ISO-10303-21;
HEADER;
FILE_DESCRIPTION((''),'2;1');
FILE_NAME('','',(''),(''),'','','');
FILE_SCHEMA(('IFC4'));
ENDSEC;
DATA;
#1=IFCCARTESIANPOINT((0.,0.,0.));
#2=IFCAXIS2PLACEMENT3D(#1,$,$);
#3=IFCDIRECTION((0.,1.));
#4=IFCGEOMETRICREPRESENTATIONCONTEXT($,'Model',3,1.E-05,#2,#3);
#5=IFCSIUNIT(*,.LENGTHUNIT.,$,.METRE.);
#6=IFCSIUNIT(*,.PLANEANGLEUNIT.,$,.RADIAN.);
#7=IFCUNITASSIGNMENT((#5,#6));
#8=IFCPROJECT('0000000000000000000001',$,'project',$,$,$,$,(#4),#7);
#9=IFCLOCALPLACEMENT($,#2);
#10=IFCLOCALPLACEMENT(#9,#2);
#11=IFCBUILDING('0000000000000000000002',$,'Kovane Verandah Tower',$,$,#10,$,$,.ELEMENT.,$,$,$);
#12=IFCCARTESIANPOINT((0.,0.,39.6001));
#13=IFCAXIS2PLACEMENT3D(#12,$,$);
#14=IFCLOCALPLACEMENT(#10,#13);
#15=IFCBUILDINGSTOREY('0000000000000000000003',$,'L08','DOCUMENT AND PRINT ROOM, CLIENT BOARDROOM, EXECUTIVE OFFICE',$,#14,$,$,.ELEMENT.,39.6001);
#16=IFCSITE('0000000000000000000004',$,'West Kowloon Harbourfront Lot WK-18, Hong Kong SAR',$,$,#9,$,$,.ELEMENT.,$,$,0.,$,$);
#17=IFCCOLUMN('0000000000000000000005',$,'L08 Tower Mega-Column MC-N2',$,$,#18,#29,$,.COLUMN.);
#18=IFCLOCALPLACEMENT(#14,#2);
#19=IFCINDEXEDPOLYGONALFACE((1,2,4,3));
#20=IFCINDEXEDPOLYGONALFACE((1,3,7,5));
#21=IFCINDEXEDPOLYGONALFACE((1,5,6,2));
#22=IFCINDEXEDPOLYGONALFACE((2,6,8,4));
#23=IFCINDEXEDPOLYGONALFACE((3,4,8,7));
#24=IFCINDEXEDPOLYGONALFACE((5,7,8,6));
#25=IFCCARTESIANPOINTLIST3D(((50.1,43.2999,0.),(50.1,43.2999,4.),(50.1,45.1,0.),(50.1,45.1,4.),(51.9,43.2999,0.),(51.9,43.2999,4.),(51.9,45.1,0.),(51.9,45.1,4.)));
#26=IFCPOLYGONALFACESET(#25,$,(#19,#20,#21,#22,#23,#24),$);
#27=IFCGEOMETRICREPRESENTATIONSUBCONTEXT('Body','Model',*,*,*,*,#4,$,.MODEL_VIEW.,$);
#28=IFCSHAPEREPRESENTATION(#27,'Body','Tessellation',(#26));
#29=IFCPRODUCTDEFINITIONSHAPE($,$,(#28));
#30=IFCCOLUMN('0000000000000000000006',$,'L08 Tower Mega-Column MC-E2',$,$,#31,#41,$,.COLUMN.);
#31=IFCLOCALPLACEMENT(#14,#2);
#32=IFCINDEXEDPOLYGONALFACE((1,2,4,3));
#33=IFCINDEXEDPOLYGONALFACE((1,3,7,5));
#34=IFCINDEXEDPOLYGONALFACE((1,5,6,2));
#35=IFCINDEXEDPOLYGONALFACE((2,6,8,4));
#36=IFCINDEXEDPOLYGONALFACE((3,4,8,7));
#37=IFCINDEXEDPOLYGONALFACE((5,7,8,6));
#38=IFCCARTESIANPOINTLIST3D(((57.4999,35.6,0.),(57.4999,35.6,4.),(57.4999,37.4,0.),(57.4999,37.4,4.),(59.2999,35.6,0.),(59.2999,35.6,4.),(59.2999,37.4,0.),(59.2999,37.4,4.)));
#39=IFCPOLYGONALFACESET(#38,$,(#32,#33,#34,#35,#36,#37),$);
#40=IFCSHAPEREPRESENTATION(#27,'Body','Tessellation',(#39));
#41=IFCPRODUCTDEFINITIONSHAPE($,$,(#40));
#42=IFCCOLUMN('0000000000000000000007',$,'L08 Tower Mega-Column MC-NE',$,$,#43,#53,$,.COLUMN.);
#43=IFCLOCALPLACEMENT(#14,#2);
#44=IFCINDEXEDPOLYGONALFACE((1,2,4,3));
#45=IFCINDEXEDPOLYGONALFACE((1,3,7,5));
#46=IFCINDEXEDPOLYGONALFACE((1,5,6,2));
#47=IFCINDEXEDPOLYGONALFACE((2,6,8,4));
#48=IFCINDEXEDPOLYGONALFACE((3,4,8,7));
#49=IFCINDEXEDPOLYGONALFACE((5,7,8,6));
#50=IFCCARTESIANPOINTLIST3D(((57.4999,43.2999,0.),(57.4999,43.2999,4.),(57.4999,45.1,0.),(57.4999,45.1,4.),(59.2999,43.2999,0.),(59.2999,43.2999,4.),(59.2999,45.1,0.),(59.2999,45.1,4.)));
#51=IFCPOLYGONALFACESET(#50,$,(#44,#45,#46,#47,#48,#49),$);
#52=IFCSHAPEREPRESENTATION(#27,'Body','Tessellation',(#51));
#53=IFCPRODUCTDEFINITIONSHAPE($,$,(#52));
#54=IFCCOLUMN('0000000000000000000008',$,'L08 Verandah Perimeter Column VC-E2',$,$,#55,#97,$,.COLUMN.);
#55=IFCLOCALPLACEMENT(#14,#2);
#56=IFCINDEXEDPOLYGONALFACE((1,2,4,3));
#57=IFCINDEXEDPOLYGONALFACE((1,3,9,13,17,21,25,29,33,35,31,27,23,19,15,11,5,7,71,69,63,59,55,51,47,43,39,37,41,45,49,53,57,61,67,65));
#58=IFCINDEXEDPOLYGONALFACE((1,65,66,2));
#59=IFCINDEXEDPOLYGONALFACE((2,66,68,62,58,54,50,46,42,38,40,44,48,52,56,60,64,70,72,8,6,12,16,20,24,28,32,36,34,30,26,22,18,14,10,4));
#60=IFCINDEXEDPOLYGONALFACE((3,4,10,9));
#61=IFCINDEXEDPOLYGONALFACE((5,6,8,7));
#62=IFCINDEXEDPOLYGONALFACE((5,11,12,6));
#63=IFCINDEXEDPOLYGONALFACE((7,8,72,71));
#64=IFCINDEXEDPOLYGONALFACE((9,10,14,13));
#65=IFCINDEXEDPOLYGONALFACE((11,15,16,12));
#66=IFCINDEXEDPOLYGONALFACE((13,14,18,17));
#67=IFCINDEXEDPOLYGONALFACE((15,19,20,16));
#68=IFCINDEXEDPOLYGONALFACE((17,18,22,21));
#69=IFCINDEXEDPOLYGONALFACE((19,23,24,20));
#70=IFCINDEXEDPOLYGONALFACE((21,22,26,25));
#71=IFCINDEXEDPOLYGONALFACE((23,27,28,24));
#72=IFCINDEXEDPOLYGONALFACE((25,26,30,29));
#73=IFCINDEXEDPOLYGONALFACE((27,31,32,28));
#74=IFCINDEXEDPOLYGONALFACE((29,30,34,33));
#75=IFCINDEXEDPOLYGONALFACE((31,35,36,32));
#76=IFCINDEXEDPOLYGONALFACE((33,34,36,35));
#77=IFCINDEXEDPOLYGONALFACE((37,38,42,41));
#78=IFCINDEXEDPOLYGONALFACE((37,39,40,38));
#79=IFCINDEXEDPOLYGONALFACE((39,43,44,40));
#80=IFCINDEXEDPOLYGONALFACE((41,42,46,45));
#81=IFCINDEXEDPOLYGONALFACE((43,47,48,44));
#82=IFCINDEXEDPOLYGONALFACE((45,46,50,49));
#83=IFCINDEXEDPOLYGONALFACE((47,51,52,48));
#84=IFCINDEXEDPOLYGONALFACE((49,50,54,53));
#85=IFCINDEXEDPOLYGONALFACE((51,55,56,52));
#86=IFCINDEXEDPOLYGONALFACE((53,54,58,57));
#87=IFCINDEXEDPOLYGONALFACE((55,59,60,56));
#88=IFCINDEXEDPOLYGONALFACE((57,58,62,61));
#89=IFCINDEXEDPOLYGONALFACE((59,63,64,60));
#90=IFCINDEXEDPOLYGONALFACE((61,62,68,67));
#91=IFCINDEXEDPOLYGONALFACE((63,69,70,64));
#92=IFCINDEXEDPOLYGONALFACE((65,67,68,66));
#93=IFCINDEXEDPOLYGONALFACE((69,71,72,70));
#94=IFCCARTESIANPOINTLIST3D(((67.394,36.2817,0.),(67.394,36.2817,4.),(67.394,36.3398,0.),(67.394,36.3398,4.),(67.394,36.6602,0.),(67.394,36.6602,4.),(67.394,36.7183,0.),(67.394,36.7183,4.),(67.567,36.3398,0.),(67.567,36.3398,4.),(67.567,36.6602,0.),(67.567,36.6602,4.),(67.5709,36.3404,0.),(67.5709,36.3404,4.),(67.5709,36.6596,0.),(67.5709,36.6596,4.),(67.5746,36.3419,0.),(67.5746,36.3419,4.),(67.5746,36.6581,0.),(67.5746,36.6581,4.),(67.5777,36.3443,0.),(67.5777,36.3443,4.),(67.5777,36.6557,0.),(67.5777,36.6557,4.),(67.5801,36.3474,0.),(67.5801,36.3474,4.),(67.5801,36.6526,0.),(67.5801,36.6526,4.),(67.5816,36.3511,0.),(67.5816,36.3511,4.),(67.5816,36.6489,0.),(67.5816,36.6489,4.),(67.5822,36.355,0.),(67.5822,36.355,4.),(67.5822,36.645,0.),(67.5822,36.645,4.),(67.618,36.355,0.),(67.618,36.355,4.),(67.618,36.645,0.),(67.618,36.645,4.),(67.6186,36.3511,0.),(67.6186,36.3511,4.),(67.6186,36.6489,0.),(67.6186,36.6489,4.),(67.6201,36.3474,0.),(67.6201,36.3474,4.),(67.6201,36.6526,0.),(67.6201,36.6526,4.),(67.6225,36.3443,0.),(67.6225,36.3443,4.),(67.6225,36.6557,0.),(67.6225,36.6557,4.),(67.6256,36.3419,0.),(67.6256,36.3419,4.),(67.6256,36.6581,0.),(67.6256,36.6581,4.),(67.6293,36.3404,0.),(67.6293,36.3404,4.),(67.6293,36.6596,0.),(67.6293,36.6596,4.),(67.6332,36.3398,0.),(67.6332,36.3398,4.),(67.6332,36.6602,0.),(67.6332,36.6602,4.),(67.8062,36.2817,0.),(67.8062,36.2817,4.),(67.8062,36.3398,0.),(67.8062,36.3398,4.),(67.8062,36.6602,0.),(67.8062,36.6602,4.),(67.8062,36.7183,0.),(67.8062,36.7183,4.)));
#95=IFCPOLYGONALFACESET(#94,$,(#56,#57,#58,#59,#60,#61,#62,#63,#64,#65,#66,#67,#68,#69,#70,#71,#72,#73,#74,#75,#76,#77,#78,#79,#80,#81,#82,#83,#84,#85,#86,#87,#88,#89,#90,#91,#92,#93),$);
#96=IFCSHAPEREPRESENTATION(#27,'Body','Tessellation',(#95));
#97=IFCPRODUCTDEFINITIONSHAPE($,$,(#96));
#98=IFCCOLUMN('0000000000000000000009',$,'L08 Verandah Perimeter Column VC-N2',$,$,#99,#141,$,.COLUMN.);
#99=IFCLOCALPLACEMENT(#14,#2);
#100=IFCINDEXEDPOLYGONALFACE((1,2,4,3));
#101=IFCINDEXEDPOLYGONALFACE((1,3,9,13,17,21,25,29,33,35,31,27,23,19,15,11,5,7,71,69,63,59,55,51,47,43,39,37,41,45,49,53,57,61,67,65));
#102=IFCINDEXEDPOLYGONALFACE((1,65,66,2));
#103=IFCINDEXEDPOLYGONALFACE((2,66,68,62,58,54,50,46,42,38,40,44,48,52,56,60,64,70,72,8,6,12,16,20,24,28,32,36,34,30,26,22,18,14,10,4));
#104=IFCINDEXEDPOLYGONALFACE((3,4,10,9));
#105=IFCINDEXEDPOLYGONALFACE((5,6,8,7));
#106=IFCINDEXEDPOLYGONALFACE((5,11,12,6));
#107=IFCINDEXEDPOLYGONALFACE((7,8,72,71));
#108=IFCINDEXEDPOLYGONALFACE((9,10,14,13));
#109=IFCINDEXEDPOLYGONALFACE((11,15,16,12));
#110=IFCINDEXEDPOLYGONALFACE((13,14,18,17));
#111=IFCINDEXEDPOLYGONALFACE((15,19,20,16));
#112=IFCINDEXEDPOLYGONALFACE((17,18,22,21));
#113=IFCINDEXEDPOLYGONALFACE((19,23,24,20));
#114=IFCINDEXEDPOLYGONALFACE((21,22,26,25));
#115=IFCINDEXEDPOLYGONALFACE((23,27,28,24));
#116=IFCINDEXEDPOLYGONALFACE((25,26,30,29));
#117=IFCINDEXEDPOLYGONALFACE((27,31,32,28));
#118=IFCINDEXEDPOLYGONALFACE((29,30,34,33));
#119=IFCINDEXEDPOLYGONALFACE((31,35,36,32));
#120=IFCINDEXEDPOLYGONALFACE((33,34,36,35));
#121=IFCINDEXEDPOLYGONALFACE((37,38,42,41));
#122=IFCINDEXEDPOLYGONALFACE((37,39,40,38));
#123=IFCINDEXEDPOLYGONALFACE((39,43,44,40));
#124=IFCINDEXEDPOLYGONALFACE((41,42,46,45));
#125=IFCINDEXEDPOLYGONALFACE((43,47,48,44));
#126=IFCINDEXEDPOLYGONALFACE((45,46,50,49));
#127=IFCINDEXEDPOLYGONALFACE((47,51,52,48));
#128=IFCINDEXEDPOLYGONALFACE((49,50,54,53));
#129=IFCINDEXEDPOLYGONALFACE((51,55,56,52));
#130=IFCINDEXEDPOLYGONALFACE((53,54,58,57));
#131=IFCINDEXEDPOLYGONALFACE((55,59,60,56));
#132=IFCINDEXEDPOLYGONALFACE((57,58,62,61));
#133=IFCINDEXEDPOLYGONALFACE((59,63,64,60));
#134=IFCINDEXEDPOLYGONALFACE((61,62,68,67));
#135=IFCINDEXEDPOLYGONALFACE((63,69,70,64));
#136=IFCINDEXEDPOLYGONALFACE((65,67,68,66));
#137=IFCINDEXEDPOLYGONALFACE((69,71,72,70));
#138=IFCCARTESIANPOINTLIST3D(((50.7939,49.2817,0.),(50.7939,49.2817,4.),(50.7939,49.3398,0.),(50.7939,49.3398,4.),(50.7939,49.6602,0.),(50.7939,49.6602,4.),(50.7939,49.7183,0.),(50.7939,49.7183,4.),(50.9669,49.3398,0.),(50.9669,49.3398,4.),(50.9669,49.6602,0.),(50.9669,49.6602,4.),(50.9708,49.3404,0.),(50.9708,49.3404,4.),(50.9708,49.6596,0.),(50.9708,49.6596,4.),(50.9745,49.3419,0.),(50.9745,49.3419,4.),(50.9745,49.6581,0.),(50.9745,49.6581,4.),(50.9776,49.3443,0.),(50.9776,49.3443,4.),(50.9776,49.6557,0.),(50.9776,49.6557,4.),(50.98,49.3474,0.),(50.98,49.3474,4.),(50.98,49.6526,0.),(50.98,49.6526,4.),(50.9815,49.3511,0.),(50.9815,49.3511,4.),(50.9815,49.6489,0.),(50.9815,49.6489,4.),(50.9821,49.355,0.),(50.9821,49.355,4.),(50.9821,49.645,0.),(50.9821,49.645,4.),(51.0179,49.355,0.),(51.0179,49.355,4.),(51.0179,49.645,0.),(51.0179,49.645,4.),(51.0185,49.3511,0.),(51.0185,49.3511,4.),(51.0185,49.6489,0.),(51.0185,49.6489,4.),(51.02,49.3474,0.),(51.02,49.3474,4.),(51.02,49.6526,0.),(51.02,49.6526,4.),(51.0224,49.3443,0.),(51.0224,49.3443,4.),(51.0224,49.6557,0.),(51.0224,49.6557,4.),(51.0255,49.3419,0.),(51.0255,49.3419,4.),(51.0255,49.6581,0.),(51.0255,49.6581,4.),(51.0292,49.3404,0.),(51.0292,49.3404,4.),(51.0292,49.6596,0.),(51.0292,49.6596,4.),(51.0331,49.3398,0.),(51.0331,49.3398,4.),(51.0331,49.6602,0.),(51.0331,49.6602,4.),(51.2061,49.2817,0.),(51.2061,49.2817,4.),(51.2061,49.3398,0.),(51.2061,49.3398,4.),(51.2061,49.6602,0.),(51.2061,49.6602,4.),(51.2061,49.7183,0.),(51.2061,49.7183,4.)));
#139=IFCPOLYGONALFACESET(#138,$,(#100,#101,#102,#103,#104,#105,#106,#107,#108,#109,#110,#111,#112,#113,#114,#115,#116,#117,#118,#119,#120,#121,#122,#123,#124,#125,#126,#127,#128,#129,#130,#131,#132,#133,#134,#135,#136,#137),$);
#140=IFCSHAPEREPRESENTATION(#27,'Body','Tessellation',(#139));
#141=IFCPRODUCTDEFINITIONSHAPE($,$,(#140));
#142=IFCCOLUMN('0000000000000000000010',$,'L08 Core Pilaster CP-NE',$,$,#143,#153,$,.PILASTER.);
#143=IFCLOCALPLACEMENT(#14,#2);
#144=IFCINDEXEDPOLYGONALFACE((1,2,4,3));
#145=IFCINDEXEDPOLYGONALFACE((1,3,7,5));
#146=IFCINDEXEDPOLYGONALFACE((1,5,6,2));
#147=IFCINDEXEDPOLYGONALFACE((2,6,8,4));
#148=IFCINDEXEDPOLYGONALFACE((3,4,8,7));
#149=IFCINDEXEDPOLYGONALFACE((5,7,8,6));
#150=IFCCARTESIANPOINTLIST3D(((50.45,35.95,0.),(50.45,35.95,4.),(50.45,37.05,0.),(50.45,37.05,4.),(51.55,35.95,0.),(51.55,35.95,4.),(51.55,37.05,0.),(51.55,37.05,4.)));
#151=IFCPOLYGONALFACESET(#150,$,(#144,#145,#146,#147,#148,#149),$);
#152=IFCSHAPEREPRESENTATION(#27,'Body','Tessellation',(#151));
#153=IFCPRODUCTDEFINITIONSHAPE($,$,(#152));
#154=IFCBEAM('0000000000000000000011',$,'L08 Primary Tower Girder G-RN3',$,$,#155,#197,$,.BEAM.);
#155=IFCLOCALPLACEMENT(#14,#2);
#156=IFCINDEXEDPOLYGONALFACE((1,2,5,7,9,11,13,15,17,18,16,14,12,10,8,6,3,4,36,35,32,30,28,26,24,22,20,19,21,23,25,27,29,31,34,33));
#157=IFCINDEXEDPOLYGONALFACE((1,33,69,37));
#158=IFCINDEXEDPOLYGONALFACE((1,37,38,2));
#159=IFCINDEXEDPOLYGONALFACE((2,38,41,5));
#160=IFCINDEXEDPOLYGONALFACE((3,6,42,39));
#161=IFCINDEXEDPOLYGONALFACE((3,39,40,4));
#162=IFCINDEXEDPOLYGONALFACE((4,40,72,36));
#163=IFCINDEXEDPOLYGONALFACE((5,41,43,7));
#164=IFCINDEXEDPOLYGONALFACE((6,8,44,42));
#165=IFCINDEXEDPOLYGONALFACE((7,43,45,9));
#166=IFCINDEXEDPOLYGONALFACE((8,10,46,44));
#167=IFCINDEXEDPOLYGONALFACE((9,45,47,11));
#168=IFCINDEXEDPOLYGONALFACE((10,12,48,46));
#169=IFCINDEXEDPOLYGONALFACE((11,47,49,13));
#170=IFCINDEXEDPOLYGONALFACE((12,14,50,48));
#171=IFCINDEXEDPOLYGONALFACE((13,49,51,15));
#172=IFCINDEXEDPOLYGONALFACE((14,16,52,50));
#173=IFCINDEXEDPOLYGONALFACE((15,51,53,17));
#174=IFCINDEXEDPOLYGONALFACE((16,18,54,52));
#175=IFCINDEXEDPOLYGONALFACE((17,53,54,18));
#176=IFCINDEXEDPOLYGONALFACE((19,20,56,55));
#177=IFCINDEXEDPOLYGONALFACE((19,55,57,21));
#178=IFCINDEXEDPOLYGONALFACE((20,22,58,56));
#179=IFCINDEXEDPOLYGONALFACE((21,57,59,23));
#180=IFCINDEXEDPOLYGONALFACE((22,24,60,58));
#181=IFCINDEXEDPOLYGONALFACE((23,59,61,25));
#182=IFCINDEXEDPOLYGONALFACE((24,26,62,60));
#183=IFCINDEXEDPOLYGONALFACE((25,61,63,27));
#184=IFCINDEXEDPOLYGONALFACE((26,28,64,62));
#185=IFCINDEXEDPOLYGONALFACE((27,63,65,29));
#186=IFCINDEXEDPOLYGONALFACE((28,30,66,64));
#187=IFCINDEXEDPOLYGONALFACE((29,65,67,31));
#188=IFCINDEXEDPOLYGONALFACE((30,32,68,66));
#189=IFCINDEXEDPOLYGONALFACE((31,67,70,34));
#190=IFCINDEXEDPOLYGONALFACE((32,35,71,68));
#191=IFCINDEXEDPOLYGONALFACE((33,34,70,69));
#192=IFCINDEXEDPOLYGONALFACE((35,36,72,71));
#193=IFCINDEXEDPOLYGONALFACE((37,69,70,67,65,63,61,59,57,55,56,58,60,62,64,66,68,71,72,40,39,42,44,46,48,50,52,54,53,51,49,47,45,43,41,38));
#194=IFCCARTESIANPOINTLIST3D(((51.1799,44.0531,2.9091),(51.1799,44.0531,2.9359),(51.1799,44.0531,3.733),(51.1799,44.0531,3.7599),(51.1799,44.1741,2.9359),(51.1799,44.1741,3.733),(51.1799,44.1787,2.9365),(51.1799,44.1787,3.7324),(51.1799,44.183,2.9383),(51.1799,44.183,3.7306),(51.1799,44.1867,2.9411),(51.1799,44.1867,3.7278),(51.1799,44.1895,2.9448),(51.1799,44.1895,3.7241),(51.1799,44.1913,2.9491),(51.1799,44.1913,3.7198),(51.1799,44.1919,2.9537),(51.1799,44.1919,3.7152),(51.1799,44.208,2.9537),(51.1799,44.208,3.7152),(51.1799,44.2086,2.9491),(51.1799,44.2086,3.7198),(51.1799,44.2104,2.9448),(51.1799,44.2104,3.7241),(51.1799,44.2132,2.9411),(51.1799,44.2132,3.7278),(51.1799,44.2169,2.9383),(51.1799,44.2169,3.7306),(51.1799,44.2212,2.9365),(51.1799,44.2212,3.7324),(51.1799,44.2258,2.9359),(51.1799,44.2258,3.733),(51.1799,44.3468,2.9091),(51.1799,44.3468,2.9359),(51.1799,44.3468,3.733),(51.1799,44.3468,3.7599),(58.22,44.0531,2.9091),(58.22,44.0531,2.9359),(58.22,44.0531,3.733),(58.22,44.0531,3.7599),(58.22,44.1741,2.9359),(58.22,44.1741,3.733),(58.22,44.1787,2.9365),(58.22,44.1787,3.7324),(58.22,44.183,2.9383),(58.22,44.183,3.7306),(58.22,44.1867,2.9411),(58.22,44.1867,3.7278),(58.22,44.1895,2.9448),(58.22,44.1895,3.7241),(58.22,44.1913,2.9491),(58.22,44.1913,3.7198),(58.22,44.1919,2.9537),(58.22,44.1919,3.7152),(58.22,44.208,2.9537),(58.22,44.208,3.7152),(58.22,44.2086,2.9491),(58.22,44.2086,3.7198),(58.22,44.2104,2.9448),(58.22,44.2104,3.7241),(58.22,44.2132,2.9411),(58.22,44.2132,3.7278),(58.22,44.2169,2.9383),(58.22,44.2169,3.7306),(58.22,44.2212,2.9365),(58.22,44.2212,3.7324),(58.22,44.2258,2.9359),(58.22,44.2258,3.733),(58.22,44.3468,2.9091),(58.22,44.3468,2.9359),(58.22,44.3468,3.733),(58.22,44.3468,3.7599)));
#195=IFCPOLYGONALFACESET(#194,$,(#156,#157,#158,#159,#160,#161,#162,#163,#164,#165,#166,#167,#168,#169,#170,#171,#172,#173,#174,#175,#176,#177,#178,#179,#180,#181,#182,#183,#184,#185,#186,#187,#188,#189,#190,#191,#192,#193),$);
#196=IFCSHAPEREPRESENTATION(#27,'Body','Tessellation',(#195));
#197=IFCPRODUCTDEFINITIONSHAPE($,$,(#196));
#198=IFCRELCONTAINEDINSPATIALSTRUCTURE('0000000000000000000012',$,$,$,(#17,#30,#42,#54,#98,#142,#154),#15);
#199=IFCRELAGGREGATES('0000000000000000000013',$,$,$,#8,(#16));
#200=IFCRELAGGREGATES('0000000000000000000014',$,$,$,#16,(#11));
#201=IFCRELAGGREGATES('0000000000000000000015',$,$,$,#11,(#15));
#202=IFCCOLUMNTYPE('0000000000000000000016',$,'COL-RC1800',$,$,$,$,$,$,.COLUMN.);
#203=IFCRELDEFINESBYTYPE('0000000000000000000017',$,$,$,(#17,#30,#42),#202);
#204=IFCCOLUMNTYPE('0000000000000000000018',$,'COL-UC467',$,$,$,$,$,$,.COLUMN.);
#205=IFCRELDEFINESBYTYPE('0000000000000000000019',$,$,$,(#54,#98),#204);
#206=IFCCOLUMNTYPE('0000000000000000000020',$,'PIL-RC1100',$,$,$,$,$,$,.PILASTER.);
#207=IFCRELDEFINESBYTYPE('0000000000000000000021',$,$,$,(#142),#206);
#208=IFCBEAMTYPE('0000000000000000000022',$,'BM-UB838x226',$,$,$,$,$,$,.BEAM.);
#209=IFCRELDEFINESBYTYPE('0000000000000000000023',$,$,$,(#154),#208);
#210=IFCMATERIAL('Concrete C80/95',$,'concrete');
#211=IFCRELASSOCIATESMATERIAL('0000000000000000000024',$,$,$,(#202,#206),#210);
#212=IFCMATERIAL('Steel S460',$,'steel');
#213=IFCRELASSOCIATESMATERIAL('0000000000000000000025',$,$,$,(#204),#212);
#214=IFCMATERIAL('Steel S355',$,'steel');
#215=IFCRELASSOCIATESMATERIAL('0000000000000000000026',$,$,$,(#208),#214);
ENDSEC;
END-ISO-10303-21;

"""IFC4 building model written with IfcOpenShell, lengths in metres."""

from ifc_helpers import new_model, si_unit, direction, frame, origin, origin_2d, place, context, subcontext, project, spatial, rectangle, i_section, extrude, material, material_profile, profile_set, type_object, element, save


model = new_model("IFC4")

# Units and contexts
model_context = context("Model", 3, precision=1e-05, world=origin(), true_north=direction((0.0, 1.0)))
body_context = subcontext(model_context, "Body", "Model", "MODEL_VIEW")
ifc_project = project(units=[si_unit("LENGTHUNIT", "METRE"), si_unit("PLANEANGLEUNIT", "RADIAN")], contexts=[model_context])

# Site, building, storey
site_placement = place(None, origin())
site = spatial("IfcSite", under=ifc_project, at=site_placement, Name="West Kowloon Harbourfront Lot WK-18, Hong Kong SAR", CompositionType="ELEMENT", RefElevation=0.0)
building_placement = place(site_placement, origin())
building = spatial("IfcBuilding", under=site, at=building_placement, Name="Kovane Verandah Tower", CompositionType="ELEMENT")
storey_placement = place(building_placement, frame((0.0, 0.0, 39.6001)))
storey = spatial("IfcBuildingStorey", under=building, at=storey_placement, Name="L08", Description="DOCUMENT AND PRINT ROOM, CLIENT BOARDROOM, EXECUTIVE OFFICE", CompositionType="ELEMENT", Elevation=39.6001)

# Columns
ifc_material_1 = material(Name="Concrete C80/95", Category="concrete")
ifc_material_profile_1 = material_profile(ifc_material_1, rectangle(XDim=1.8, YDim=1.8, at=origin_2d()), Name="RC1800x1800")
ifc_profile_set_1 = profile_set([ifc_material_profile_1], Name="Concrete C80/95")
column_type_1 = type_object("IfcColumnType", Name="COL-RC1800", PredefinedType="COLUMN", material=ifc_profile_set_1)
for number, where, z_axis, x_axis, name in (
    (1, (51.0, 44.2, 0.0), (0.0, 0.0, 1.0), (1.0, 0.0, 0.0), "L08 Tower Mega-Column MC-N2"),
    (2, (58.3999, 36.5, 0.0), (0.0, 0.0, 1.0), (1.0, 0.0, 0.0), "L08 Tower Mega-Column MC-E2"),
    (3, (58.3999, 44.2, 0.0), (0.0, 0.0, 1.0), (1.0, 0.0, 0.0), "L08 Tower Mega-Column MC-NE"),
):
    element("IfcColumn", number, at=place(storey_placement, frame(where, z_axis=z_axis, x_axis=x_axis)), inside=storey, type_object=column_type_1, Name=name, PredefinedType="COLUMN", context=body_context, shape_type="SweptSolid", body=[
        extrude(rectangle(XDim=1.8, YDim=1.8, at=origin_2d()), origin(), (0.0, 0.0, 1.0), 4.0),
    ])
ifc_material_2 = material(Name="Steel S460", Category="steel")
ifc_material_profile_2 = material_profile(ifc_material_2, i_section(OverallWidth=0.4121, OverallDepth=0.4365, WebThickness=0.0359, FlangeThickness=0.0581, FilletRadius=0.0151, at=origin_2d()), Name="UC356x406x467")
ifc_profile_set_2 = profile_set([ifc_material_profile_2], Name="Steel S460")
column_type_2 = type_object("IfcColumnType", Name="COL-UC467", PredefinedType="COLUMN", material=ifc_profile_set_2)
for number, where, z_axis, x_axis, name in (
    (4, (67.6001, 36.5, 0.0), (0.0, 0.0, 1.0), (1.0, 0.0, 0.0), "L08 Verandah Perimeter Column VC-E2"),
    (5, (51.0, 49.5, 0.0), (0.0, 0.0, 1.0), (1.0, 0.0, 0.0), "L08 Verandah Perimeter Column VC-N2"),
):
    element("IfcColumn", number, at=place(storey_placement, frame(where, z_axis=z_axis, x_axis=x_axis)), inside=storey, type_object=column_type_2, Name=name, PredefinedType="COLUMN", context=body_context, shape_type="SweptSolid", body=[
        extrude(i_section(OverallWidth=0.4121, OverallDepth=0.4365, WebThickness=0.0359, FlangeThickness=0.0581, FilletRadius=0.0151, at=origin_2d()), origin(), (0.0, 0.0, 1.0), 4.0),
    ])
ifc_material_profile_3 = material_profile(ifc_material_1, rectangle(XDim=1.1001, YDim=1.1001, at=origin_2d()), Name="RC1100x1100")
ifc_profile_set_3 = profile_set([ifc_material_profile_3], Name="Concrete C80/95")
column_type_3 = type_object("IfcColumnType", Name="PIL-RC1100", PredefinedType="PILASTER", material=ifc_profile_set_3)
column_placement = place(storey_placement, frame((51.0, 36.5, 0.0), z_axis=(0.0, 0.0, 1.0), x_axis=(1.0, 0.0, 0.0)))
element("IfcColumn", 6, at=column_placement, inside=storey, type_object=column_type_3, Name="L08 Core Pilaster CP-NE", PredefinedType="PILASTER", context=body_context, shape_type="SweptSolid", body=[
    extrude(rectangle(XDim=1.1001, YDim=1.1001, at=origin_2d()), origin(), (0.0, 0.0, 1.0), 4.0),
])

# Beam
ifc_material_3 = material(Name="Steel S355", Category="steel")
ifc_material_profile_4 = material_profile(ifc_material_3, i_section(OverallWidth=0.2937, OverallDepth=0.8508, WebThickness=0.0161, FlangeThickness=0.0269, FilletRadius=0.0178, at=origin_2d()), Name="UB838x292x226")
ifc_profile_set_4 = profile_set([ifc_material_profile_4], Name="Steel S355")
beam_type_1 = type_object("IfcBeamType", Name="BM-UB838x226", PredefinedType="BEAM", material=ifc_profile_set_4)
beam_1_placement = place(storey_placement, frame((51.1799, 44.2, 3.3345), z_axis=(1.0, 0.0, 0.0), x_axis=(0.0, 1.0, 0.0)))
element("IfcBeam", 7, at=beam_1_placement, inside=storey, type_object=beam_type_1, Name="L08 Primary Tower Girder G-RN3", PredefinedType="BEAM", context=body_context, shape_type="SweptSolid", body=[
    extrude(i_section(OverallWidth=0.2937, OverallDepth=0.8508, WebThickness=0.0161, FlangeThickness=0.0269, FilletRadius=0.0178, at=origin_2d()), origin(), (0.0, 0.0, 1.0), 7.04),
])

save(model, "model.ifc")
